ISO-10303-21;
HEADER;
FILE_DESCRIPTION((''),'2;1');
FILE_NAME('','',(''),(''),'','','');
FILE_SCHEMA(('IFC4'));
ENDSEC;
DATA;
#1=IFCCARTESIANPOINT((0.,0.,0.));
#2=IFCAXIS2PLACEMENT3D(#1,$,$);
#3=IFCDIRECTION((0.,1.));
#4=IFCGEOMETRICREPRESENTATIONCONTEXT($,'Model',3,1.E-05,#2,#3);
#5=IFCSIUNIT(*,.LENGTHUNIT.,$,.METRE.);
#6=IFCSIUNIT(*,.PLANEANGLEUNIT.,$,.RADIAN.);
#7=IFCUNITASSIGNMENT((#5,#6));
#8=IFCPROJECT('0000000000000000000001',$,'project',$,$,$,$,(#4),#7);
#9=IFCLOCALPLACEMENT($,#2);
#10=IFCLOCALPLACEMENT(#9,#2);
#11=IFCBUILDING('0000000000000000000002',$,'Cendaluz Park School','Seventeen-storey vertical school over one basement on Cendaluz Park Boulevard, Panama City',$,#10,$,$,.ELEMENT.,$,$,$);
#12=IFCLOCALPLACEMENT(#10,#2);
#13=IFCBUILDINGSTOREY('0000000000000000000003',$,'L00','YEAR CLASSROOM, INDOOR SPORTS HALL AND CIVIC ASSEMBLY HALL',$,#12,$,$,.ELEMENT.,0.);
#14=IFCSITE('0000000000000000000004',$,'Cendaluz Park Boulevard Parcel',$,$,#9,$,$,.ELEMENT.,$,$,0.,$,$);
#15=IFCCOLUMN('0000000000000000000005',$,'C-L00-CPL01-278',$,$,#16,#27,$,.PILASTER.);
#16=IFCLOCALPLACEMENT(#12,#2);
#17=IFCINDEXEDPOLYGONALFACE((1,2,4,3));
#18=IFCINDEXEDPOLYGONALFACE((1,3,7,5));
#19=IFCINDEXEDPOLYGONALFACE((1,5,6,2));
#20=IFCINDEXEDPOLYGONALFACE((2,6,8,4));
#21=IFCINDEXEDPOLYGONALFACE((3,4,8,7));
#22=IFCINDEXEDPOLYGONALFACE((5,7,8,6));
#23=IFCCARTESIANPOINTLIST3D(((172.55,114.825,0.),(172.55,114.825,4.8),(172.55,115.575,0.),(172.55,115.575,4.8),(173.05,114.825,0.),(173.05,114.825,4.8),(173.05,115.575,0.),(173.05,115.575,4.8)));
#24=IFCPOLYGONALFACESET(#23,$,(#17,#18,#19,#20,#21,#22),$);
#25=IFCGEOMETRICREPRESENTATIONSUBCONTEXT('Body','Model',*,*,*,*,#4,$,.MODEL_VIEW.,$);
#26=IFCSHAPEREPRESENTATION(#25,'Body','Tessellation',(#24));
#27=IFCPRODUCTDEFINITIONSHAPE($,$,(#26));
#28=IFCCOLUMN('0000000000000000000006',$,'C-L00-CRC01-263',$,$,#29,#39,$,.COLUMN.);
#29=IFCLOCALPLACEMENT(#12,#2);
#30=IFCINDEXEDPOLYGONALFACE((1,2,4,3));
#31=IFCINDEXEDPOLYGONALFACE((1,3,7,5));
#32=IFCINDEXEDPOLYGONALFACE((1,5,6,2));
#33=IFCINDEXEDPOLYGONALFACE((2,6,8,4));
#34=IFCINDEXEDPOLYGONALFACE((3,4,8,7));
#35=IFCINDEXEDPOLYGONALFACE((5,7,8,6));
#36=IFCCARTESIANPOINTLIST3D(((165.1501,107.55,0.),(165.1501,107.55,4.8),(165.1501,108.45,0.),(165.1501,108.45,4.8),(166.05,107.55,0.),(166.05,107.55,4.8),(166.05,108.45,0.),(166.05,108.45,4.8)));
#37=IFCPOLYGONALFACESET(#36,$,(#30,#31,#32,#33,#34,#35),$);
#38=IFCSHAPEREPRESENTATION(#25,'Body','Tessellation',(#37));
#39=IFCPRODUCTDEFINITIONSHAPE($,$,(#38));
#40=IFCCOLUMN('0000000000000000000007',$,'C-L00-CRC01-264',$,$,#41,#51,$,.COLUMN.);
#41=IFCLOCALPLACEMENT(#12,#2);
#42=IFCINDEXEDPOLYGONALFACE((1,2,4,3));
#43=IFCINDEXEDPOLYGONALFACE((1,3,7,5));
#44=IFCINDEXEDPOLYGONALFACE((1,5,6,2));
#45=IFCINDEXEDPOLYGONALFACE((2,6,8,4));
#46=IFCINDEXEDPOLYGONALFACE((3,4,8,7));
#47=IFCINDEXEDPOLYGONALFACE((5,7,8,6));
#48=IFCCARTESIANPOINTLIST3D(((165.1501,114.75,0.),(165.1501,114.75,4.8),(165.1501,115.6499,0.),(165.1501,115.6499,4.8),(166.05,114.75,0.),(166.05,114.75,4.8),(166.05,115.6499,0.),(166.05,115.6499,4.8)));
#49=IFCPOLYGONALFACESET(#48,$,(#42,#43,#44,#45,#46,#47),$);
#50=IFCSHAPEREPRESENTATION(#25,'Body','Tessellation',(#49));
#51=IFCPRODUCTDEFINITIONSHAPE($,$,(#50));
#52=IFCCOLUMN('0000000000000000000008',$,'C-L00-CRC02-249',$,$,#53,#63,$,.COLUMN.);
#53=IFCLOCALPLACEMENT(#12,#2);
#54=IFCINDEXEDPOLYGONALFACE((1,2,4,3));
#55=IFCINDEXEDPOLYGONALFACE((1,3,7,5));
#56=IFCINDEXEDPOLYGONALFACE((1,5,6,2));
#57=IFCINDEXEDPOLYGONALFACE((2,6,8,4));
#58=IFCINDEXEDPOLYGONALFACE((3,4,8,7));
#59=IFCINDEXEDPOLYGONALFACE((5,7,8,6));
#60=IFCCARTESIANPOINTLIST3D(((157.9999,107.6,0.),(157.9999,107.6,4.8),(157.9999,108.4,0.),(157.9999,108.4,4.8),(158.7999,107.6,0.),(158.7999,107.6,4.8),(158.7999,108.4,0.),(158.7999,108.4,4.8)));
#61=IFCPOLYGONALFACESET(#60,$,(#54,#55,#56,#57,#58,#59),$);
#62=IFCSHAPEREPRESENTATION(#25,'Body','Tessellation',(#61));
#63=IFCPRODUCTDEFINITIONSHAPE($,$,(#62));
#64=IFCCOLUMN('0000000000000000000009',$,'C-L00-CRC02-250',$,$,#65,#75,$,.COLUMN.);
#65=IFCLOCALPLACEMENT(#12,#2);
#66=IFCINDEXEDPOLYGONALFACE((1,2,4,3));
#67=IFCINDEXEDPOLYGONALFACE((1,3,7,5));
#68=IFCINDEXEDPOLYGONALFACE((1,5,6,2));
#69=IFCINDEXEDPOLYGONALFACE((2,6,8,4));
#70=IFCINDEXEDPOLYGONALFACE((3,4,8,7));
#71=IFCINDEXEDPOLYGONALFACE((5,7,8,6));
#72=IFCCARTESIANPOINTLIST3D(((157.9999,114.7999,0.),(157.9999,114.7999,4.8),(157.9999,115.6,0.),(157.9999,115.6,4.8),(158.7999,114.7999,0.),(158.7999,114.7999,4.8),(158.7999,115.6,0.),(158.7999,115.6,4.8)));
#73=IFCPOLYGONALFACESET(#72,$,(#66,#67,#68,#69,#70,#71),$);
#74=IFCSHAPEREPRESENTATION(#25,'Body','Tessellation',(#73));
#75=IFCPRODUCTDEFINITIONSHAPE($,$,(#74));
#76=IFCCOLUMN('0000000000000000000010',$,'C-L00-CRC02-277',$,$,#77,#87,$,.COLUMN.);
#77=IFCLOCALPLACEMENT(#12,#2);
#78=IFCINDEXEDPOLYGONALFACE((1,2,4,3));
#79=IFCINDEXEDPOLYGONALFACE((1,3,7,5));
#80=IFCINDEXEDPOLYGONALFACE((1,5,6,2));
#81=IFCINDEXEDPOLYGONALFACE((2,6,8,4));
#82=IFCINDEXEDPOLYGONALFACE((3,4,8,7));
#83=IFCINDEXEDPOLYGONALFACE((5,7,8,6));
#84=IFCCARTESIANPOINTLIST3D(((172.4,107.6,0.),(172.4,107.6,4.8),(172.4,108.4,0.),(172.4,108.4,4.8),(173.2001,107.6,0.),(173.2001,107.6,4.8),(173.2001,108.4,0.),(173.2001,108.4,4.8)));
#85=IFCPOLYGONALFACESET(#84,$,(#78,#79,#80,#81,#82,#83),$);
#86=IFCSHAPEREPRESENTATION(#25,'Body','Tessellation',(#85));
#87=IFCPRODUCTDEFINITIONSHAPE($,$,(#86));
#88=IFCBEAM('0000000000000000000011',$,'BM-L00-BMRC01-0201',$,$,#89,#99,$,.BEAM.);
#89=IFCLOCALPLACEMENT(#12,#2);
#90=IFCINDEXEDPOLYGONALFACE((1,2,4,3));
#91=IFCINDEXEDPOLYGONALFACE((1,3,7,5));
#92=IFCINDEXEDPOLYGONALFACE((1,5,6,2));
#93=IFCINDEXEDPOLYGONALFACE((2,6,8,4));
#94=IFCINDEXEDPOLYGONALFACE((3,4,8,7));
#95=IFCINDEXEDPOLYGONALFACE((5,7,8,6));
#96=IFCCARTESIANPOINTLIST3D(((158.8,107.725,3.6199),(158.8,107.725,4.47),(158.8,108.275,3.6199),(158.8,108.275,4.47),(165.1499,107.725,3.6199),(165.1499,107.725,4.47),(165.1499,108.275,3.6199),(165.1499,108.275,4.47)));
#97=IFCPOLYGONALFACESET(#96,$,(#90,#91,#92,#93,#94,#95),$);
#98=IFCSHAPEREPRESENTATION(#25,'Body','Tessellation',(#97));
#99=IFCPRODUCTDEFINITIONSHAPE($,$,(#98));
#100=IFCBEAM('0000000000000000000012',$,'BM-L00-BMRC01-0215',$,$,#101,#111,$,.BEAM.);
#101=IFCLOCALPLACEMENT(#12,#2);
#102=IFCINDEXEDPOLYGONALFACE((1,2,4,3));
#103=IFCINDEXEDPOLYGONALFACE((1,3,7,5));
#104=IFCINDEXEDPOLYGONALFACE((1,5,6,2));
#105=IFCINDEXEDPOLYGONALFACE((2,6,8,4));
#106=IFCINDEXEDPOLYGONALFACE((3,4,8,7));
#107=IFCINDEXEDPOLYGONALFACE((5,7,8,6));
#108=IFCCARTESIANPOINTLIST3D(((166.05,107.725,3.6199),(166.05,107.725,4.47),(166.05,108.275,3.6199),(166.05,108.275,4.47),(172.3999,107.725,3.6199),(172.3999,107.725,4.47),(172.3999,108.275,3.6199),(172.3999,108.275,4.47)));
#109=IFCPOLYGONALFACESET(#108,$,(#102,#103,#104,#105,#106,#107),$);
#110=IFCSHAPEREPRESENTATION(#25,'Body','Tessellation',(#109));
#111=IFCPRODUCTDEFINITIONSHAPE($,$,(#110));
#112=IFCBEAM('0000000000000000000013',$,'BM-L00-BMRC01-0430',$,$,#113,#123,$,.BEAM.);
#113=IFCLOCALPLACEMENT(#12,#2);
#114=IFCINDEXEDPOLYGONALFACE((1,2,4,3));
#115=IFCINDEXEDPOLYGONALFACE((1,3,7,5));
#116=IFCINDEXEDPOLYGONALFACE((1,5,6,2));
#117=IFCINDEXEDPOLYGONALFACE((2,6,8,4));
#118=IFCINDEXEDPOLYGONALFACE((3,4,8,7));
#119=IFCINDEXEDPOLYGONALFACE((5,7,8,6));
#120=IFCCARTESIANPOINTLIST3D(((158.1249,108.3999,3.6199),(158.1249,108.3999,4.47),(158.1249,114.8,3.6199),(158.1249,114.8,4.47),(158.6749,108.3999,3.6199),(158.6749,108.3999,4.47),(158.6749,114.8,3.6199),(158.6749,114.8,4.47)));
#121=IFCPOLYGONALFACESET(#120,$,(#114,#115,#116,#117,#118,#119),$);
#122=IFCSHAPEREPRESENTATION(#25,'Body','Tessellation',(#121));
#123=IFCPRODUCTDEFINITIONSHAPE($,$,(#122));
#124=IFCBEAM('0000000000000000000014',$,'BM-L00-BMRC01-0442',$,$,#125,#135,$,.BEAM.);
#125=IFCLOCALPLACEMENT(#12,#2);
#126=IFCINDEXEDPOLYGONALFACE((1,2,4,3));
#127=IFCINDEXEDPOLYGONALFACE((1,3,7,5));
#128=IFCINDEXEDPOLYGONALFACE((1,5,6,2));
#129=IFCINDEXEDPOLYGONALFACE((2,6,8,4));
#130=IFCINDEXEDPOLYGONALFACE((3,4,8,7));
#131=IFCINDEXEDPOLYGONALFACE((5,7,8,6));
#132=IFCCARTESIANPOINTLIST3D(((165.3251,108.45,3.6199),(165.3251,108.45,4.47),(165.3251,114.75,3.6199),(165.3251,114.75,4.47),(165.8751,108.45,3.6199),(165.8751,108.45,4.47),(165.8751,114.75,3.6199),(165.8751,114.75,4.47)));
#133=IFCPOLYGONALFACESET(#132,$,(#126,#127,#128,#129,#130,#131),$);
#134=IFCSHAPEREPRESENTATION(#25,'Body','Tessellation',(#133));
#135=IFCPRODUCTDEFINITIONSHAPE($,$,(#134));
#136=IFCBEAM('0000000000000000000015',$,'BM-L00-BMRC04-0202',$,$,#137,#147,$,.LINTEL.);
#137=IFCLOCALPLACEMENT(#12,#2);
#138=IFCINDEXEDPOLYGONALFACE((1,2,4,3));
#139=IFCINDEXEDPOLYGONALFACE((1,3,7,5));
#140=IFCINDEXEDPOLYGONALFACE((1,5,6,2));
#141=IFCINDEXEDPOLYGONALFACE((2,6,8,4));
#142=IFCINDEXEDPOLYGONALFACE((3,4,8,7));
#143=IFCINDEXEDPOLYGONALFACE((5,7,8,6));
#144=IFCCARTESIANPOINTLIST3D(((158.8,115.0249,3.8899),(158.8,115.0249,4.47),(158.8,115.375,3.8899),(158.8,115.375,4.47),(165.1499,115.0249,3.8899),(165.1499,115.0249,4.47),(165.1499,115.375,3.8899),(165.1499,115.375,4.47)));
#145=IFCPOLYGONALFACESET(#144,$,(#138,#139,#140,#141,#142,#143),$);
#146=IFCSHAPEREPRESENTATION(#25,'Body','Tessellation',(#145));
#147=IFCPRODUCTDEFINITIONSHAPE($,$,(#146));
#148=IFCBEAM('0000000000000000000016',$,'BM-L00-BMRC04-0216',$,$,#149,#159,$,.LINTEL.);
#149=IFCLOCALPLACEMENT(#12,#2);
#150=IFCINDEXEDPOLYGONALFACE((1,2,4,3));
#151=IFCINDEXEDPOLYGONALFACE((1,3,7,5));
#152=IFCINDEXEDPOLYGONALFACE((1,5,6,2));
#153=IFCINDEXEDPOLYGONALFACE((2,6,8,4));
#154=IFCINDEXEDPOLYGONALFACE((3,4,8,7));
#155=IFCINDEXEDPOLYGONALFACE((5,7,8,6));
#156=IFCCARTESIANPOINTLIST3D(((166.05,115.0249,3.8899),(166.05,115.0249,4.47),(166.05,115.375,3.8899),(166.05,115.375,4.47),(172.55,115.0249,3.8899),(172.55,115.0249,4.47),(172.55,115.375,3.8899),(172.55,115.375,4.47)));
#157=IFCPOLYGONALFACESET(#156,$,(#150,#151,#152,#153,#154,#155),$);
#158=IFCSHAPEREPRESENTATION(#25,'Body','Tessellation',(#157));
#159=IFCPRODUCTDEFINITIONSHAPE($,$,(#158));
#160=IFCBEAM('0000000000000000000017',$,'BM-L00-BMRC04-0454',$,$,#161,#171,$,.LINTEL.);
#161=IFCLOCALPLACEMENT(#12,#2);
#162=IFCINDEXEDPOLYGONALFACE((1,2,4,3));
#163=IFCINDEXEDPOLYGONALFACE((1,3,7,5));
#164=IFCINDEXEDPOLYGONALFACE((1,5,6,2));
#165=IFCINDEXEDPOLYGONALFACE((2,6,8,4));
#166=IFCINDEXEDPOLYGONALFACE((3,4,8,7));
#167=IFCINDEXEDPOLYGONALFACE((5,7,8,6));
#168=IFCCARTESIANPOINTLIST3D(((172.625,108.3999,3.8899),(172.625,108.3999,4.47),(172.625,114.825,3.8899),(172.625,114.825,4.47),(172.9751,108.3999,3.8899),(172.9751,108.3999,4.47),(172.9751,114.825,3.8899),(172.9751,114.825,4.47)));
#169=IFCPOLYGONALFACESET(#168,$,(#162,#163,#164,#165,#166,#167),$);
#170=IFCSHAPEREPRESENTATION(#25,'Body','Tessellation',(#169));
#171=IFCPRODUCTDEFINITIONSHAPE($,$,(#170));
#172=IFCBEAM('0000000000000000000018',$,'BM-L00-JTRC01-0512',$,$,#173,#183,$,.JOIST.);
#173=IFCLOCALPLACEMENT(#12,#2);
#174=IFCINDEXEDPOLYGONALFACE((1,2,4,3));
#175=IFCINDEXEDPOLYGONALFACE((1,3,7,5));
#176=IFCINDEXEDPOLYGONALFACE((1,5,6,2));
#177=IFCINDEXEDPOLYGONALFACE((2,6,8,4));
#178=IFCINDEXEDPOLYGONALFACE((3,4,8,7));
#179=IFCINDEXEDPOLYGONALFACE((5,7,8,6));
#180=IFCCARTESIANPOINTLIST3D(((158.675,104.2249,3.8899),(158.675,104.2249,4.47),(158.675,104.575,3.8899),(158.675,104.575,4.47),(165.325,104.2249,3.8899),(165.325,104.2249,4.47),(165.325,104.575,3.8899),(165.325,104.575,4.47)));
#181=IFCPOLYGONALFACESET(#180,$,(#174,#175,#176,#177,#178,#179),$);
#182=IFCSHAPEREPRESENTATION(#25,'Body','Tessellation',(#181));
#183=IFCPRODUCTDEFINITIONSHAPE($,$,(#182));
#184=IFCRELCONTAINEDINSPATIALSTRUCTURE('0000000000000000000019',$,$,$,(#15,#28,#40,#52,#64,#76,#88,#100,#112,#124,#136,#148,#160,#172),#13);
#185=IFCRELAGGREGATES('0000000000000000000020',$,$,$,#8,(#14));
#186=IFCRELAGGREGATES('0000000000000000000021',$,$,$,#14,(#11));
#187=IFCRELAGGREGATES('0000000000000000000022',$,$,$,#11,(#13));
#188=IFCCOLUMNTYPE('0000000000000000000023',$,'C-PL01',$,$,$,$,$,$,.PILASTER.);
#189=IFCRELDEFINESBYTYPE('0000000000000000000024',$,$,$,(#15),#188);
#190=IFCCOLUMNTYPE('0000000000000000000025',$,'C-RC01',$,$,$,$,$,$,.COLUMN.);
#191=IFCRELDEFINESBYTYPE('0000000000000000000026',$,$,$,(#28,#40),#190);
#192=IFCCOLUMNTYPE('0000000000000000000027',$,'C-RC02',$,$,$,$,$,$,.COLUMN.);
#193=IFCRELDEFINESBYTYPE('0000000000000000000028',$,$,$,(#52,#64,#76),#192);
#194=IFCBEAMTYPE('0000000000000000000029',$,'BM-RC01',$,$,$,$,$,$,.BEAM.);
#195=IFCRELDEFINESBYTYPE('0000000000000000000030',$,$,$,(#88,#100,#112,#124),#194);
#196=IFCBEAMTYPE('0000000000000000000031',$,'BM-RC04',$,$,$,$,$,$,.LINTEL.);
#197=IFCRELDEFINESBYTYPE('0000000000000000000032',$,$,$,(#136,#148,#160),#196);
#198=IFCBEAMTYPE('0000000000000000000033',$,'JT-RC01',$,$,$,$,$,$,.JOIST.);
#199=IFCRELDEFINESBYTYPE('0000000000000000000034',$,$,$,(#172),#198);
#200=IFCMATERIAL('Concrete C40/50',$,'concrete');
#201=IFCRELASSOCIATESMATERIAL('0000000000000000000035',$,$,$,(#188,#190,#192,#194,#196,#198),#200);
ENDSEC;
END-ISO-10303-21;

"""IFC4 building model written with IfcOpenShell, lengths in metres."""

from ifc_helpers import new_model, si_unit, direction, frame, origin, origin_2d, place, context, subcontext, project, spatial, rectangle, extrude, material, material_profile, profile_set, type_object, element, save


model = new_model("IFC4")

# Units and contexts
model_context = context("Model", 3, precision=1e-05, world=origin(), true_north=direction((0.0, 1.0)))
body_context = subcontext(model_context, "Body", "Model", "MODEL_VIEW")
ifc_project = project(units=[si_unit("LENGTHUNIT", "METRE"), si_unit("PLANEANGLEUNIT", "RADIAN")], contexts=[model_context])

# Site, building, storey
site_placement = place(None, origin())
site = spatial("IfcSite", under=ifc_project, at=site_placement, Name="Cendaluz Park Boulevard Parcel", CompositionType="ELEMENT", RefElevation=0.0)
building_placement = place(site_placement, origin())
building = spatial("IfcBuilding", under=site, at=building_placement, Name="Cendaluz Park School", Description="Seventeen-storey vertical school over one basement on Cendaluz Park Boulevard, Panama City", CompositionType="ELEMENT")
storey_placement = place(building_placement, origin())
storey = spatial("IfcBuildingStorey", under=building, at=storey_placement, Name="L00", Description="YEAR CLASSROOM, INDOOR SPORTS HALL AND CIVIC ASSEMBLY HALL", CompositionType="ELEMENT", Elevation=0.0)

# Columns
ifc_material_1 = material(Name="Concrete C40/50", Category="concrete")
ifc_material_profile_1 = material_profile(ifc_material_1, rectangle(XDim=0.5, YDim=0.75, at=origin_2d()), Name="RC 500x750", Category="concrete")
ifc_profile_set_1 = profile_set([ifc_material_profile_1], Name="Concrete C40/50")
column_type_1 = type_object("IfcColumnType", Name="C-PL01", PredefinedType="PILASTER", material=ifc_profile_set_1)
column_placement = place(storey_placement, frame((172.8, 115.2, 0.0), z_axis=(0.0, 0.0, 1.0), x_axis=(1.0, 0.0, 0.0)))
element("IfcColumn", 1, at=column_placement, inside=storey, type_object=column_type_1, Name="C-L00-CPL01-278", PredefinedType="PILASTER", context=body_context, shape_type="SweptSolid", body=[
    extrude(rectangle(XDim=0.5, YDim=0.75, at=origin_2d()), origin(), (0.0, 0.0, 1.0), 4.8),
])
ifc_material_profile_2 = material_profile(ifc_material_1, rectangle(XDim=0.8999, YDim=0.8999, at=origin_2d()), Name="RC 900x900", Category="concrete")
ifc_profile_set_2 = profile_set([ifc_material_profile_2], Name="Concrete C40/50")
column_type_2 = type_object("IfcColumnType", Name="C-RC01", PredefinedType="COLUMN", material=ifc_profile_set_2)
for number, where, z_axis, x_axis, name in (
    (2, (165.6001, 108.0, 0.0), (0.0, 0.0, 1.0), (1.0, 0.0, 0.0), "C-L00-CRC01-263"),
    (3, (165.6001, 115.2, 0.0), (0.0, 0.0, 1.0), (1.0, 0.0, 0.0), "C-L00-CRC01-264"),
):
    element("IfcColumn", number, at=place(storey_placement, frame(where, z_axis=z_axis, x_axis=x_axis)), inside=storey, type_object=column_type_2, Name=name, PredefinedType="COLUMN", context=body_context, shape_type="SweptSolid", body=[
        extrude(rectangle(XDim=0.8999, YDim=0.8999, at=origin_2d()), origin(), (0.0, 0.0, 1.0), 4.8),
    ])
ifc_material_profile_3 = material_profile(ifc_material_1, rectangle(XDim=0.8, YDim=0.8, at=origin_2d()), Name="RC 800x800", Category="concrete")
ifc_profile_set_3 = profile_set([ifc_material_profile_3], Name="Concrete C40/50")
column_type_3 = type_object("IfcColumnType", Name="C-RC02", PredefinedType="COLUMN", material=ifc_profile_set_3)
for number, where, z_axis, x_axis, name in (
    (4, (158.3999, 108.0, 0.0), (0.0, 0.0, 1.0), (1.0, 0.0, 0.0), "C-L00-CRC02-249"),
    (5, (158.3999, 115.2, 0.0), (0.0, 0.0, 1.0), (1.0, 0.0, 0.0), "C-L00-CRC02-250"),
    (6, (172.8, 108.0, 0.0), (0.0, 0.0, 1.0), (1.0, 0.0, 0.0), "C-L00-CRC02-277"),
):
    element("IfcColumn", number, at=place(storey_placement, frame(where, z_axis=z_axis, x_axis=x_axis)), inside=storey, type_object=column_type_3, Name=name, PredefinedType="COLUMN", context=body_context, shape_type="SweptSolid", body=[
        extrude(rectangle(XDim=0.8, YDim=0.8, at=origin_2d()), origin(), (0.0, 0.0, 1.0), 4.8),
    ])

# Beams
ifc_material_profile_4 = material_profile(ifc_material_1, rectangle(XDim=0.55, YDim=0.8501, at=origin_2d()), Name="RC 550x850", Category="concrete")
ifc_profile_set_4 = profile_set([ifc_material_profile_4], Name="Concrete C40/50")
beam_type_1 = type_object("IfcBeamType", Name="BM-RC01", PredefinedType="BEAM", material=ifc_profile_set_4)
for number, where, z_axis, x_axis, name in (
    (7, (158.8, 108.0, 4.0449), (1.0, 0.0, 0.0), (0.0, 1.0, 0.0), "BM-L00-BMRC01-0201"),
    (8, (166.05, 108.0, 4.0449), (1.0, 0.0, 0.0), (0.0, 1.0, 0.0), "BM-L00-BMRC01-0215"),
):
    element("IfcBeam", number, at=place(storey_placement, frame(where, z_axis=z_axis, x_axis=x_axis)), inside=storey, type_object=beam_type_1, Name=name, PredefinedType="BEAM", context=body_context, shape_type="SweptSolid", body=[
        extrude(rectangle(XDim=0.55, YDim=0.8501, at=origin_2d()), origin(), (0.0, 0.0, 1.0), 6.3499),
    ])
beam_1_placement = place(storey_placement, frame((158.3999, 108.3999, 4.0449), z_axis=(0.0, 1.0, 0.0), x_axis=(-1.0, 0.0, 0.0)))
element("IfcBeam", 9, at=beam_1_placement, inside=storey, type_object=beam_type_1, Name="BM-L00-BMRC01-0430", PredefinedType="BEAM", context=body_context, shape_type="SweptSolid", body=[
    extrude(rectangle(XDim=0.55, YDim=0.8501, at=origin_2d()), origin(), (0.0, 0.0, 1.0), 6.4001),
])
beam_2_placement = place(storey_placement, frame((165.6001, 108.45, 4.0449), z_axis=(0.0, 1.0, 0.0), x_axis=(-1.0, 0.0, 0.0)))
element("IfcBeam", 10, at=beam_2_placement, inside=storey, type_object=beam_type_1, Name="BM-L00-BMRC01-0442", PredefinedType="BEAM", context=body_context, shape_type="SweptSolid", body=[
    extrude(rectangle(XDim=0.55, YDim=0.8501, at=origin_2d()), origin(), (0.0, 0.0, 1.0), 6.3),
])
ifc_material_profile_5 = material_profile(ifc_material_1, rectangle(XDim=0.3501, YDim=0.5801, at=origin_2d()), Name="RC 350x580", Category="concrete")
ifc_profile_set_5 = profile_set([ifc_material_profile_5], Name="Concrete C40/50")
beam_type_2 = type_object("IfcBeamType", Name="BM-RC04", PredefinedType="LINTEL", material=ifc_profile_set_5)
beam_3_placement = place(storey_placement, frame((158.8, 115.2, 4.1799), z_axis=(1.0, 0.0, 0.0), x_axis=(0.0, 1.0, 0.0)))
element("IfcBeam", 11, at=beam_3_placement, inside=storey, type_object=beam_type_2, Name="BM-L00-BMRC04-0202", PredefinedType="LINTEL", context=body_context, shape_type="SweptSolid", body=[
    extrude(rectangle(XDim=0.3501, YDim=0.5801, at=origin_2d()), origin(), (0.0, 0.0, 1.0), 6.3499),
])
beam_4_placement = place(storey_placement, frame((166.05, 115.2, 4.1799), z_axis=(1.0, 0.0, 0.0), x_axis=(0.0, 1.0, 0.0)))
element("IfcBeam", 12, at=beam_4_placement, inside=storey, type_object=beam_type_2, Name="BM-L00-BMRC04-0216", PredefinedType="LINTEL", context=body_context, shape_type="SweptSolid", body=[
    extrude(rectangle(XDim=0.3501, YDim=0.5801, at=origin_2d()), origin(), (0.0, 0.0, 1.0), 6.5),
])
beam_5_placement = place(storey_placement, frame((172.8, 108.3999, 4.1799), z_axis=(0.0, 1.0, 0.0), x_axis=(-1.0, 0.0, 0.0)))
element("IfcBeam", 13, at=beam_5_placement, inside=storey, type_object=beam_type_2, Name="BM-L00-BMRC04-0454", PredefinedType="LINTEL", context=body_context, shape_type="SweptSolid", body=[
    extrude(rectangle(XDim=0.3501, YDim=0.5801, at=origin_2d()), origin(), (0.0, 0.0, 1.0), 6.425),
])
ifc_material_profile_6 = material_profile(ifc_material_1, rectangle(XDim=0.3501, YDim=0.5801, at=origin_2d()), Name="RC 350x580", Category="concrete")
ifc_profile_set_6 = profile_set([ifc_material_profile_6], Name="Concrete C40/50")
beam_type_3 = type_object("IfcBeamType", Name="JT-RC01", PredefinedType="JOIST", material=ifc_profile_set_6)
beam_6_placement = place(storey_placement, frame((158.675, 104.3999, 4.1799), z_axis=(1.0, 0.0, 0.0), x_axis=(0.0, 1.0, 0.0)))
element("IfcBeam", 14, at=beam_6_placement, inside=storey, type_object=beam_type_3, Name="BM-L00-JTRC01-0512", PredefinedType="JOIST", context=body_context, shape_type="SweptSolid", body=[
    extrude(rectangle(XDim=0.3501, YDim=0.5801, at=origin_2d()), origin(), (0.0, 0.0, 1.0), 6.6499),
])

save(model, "model.ifc")
